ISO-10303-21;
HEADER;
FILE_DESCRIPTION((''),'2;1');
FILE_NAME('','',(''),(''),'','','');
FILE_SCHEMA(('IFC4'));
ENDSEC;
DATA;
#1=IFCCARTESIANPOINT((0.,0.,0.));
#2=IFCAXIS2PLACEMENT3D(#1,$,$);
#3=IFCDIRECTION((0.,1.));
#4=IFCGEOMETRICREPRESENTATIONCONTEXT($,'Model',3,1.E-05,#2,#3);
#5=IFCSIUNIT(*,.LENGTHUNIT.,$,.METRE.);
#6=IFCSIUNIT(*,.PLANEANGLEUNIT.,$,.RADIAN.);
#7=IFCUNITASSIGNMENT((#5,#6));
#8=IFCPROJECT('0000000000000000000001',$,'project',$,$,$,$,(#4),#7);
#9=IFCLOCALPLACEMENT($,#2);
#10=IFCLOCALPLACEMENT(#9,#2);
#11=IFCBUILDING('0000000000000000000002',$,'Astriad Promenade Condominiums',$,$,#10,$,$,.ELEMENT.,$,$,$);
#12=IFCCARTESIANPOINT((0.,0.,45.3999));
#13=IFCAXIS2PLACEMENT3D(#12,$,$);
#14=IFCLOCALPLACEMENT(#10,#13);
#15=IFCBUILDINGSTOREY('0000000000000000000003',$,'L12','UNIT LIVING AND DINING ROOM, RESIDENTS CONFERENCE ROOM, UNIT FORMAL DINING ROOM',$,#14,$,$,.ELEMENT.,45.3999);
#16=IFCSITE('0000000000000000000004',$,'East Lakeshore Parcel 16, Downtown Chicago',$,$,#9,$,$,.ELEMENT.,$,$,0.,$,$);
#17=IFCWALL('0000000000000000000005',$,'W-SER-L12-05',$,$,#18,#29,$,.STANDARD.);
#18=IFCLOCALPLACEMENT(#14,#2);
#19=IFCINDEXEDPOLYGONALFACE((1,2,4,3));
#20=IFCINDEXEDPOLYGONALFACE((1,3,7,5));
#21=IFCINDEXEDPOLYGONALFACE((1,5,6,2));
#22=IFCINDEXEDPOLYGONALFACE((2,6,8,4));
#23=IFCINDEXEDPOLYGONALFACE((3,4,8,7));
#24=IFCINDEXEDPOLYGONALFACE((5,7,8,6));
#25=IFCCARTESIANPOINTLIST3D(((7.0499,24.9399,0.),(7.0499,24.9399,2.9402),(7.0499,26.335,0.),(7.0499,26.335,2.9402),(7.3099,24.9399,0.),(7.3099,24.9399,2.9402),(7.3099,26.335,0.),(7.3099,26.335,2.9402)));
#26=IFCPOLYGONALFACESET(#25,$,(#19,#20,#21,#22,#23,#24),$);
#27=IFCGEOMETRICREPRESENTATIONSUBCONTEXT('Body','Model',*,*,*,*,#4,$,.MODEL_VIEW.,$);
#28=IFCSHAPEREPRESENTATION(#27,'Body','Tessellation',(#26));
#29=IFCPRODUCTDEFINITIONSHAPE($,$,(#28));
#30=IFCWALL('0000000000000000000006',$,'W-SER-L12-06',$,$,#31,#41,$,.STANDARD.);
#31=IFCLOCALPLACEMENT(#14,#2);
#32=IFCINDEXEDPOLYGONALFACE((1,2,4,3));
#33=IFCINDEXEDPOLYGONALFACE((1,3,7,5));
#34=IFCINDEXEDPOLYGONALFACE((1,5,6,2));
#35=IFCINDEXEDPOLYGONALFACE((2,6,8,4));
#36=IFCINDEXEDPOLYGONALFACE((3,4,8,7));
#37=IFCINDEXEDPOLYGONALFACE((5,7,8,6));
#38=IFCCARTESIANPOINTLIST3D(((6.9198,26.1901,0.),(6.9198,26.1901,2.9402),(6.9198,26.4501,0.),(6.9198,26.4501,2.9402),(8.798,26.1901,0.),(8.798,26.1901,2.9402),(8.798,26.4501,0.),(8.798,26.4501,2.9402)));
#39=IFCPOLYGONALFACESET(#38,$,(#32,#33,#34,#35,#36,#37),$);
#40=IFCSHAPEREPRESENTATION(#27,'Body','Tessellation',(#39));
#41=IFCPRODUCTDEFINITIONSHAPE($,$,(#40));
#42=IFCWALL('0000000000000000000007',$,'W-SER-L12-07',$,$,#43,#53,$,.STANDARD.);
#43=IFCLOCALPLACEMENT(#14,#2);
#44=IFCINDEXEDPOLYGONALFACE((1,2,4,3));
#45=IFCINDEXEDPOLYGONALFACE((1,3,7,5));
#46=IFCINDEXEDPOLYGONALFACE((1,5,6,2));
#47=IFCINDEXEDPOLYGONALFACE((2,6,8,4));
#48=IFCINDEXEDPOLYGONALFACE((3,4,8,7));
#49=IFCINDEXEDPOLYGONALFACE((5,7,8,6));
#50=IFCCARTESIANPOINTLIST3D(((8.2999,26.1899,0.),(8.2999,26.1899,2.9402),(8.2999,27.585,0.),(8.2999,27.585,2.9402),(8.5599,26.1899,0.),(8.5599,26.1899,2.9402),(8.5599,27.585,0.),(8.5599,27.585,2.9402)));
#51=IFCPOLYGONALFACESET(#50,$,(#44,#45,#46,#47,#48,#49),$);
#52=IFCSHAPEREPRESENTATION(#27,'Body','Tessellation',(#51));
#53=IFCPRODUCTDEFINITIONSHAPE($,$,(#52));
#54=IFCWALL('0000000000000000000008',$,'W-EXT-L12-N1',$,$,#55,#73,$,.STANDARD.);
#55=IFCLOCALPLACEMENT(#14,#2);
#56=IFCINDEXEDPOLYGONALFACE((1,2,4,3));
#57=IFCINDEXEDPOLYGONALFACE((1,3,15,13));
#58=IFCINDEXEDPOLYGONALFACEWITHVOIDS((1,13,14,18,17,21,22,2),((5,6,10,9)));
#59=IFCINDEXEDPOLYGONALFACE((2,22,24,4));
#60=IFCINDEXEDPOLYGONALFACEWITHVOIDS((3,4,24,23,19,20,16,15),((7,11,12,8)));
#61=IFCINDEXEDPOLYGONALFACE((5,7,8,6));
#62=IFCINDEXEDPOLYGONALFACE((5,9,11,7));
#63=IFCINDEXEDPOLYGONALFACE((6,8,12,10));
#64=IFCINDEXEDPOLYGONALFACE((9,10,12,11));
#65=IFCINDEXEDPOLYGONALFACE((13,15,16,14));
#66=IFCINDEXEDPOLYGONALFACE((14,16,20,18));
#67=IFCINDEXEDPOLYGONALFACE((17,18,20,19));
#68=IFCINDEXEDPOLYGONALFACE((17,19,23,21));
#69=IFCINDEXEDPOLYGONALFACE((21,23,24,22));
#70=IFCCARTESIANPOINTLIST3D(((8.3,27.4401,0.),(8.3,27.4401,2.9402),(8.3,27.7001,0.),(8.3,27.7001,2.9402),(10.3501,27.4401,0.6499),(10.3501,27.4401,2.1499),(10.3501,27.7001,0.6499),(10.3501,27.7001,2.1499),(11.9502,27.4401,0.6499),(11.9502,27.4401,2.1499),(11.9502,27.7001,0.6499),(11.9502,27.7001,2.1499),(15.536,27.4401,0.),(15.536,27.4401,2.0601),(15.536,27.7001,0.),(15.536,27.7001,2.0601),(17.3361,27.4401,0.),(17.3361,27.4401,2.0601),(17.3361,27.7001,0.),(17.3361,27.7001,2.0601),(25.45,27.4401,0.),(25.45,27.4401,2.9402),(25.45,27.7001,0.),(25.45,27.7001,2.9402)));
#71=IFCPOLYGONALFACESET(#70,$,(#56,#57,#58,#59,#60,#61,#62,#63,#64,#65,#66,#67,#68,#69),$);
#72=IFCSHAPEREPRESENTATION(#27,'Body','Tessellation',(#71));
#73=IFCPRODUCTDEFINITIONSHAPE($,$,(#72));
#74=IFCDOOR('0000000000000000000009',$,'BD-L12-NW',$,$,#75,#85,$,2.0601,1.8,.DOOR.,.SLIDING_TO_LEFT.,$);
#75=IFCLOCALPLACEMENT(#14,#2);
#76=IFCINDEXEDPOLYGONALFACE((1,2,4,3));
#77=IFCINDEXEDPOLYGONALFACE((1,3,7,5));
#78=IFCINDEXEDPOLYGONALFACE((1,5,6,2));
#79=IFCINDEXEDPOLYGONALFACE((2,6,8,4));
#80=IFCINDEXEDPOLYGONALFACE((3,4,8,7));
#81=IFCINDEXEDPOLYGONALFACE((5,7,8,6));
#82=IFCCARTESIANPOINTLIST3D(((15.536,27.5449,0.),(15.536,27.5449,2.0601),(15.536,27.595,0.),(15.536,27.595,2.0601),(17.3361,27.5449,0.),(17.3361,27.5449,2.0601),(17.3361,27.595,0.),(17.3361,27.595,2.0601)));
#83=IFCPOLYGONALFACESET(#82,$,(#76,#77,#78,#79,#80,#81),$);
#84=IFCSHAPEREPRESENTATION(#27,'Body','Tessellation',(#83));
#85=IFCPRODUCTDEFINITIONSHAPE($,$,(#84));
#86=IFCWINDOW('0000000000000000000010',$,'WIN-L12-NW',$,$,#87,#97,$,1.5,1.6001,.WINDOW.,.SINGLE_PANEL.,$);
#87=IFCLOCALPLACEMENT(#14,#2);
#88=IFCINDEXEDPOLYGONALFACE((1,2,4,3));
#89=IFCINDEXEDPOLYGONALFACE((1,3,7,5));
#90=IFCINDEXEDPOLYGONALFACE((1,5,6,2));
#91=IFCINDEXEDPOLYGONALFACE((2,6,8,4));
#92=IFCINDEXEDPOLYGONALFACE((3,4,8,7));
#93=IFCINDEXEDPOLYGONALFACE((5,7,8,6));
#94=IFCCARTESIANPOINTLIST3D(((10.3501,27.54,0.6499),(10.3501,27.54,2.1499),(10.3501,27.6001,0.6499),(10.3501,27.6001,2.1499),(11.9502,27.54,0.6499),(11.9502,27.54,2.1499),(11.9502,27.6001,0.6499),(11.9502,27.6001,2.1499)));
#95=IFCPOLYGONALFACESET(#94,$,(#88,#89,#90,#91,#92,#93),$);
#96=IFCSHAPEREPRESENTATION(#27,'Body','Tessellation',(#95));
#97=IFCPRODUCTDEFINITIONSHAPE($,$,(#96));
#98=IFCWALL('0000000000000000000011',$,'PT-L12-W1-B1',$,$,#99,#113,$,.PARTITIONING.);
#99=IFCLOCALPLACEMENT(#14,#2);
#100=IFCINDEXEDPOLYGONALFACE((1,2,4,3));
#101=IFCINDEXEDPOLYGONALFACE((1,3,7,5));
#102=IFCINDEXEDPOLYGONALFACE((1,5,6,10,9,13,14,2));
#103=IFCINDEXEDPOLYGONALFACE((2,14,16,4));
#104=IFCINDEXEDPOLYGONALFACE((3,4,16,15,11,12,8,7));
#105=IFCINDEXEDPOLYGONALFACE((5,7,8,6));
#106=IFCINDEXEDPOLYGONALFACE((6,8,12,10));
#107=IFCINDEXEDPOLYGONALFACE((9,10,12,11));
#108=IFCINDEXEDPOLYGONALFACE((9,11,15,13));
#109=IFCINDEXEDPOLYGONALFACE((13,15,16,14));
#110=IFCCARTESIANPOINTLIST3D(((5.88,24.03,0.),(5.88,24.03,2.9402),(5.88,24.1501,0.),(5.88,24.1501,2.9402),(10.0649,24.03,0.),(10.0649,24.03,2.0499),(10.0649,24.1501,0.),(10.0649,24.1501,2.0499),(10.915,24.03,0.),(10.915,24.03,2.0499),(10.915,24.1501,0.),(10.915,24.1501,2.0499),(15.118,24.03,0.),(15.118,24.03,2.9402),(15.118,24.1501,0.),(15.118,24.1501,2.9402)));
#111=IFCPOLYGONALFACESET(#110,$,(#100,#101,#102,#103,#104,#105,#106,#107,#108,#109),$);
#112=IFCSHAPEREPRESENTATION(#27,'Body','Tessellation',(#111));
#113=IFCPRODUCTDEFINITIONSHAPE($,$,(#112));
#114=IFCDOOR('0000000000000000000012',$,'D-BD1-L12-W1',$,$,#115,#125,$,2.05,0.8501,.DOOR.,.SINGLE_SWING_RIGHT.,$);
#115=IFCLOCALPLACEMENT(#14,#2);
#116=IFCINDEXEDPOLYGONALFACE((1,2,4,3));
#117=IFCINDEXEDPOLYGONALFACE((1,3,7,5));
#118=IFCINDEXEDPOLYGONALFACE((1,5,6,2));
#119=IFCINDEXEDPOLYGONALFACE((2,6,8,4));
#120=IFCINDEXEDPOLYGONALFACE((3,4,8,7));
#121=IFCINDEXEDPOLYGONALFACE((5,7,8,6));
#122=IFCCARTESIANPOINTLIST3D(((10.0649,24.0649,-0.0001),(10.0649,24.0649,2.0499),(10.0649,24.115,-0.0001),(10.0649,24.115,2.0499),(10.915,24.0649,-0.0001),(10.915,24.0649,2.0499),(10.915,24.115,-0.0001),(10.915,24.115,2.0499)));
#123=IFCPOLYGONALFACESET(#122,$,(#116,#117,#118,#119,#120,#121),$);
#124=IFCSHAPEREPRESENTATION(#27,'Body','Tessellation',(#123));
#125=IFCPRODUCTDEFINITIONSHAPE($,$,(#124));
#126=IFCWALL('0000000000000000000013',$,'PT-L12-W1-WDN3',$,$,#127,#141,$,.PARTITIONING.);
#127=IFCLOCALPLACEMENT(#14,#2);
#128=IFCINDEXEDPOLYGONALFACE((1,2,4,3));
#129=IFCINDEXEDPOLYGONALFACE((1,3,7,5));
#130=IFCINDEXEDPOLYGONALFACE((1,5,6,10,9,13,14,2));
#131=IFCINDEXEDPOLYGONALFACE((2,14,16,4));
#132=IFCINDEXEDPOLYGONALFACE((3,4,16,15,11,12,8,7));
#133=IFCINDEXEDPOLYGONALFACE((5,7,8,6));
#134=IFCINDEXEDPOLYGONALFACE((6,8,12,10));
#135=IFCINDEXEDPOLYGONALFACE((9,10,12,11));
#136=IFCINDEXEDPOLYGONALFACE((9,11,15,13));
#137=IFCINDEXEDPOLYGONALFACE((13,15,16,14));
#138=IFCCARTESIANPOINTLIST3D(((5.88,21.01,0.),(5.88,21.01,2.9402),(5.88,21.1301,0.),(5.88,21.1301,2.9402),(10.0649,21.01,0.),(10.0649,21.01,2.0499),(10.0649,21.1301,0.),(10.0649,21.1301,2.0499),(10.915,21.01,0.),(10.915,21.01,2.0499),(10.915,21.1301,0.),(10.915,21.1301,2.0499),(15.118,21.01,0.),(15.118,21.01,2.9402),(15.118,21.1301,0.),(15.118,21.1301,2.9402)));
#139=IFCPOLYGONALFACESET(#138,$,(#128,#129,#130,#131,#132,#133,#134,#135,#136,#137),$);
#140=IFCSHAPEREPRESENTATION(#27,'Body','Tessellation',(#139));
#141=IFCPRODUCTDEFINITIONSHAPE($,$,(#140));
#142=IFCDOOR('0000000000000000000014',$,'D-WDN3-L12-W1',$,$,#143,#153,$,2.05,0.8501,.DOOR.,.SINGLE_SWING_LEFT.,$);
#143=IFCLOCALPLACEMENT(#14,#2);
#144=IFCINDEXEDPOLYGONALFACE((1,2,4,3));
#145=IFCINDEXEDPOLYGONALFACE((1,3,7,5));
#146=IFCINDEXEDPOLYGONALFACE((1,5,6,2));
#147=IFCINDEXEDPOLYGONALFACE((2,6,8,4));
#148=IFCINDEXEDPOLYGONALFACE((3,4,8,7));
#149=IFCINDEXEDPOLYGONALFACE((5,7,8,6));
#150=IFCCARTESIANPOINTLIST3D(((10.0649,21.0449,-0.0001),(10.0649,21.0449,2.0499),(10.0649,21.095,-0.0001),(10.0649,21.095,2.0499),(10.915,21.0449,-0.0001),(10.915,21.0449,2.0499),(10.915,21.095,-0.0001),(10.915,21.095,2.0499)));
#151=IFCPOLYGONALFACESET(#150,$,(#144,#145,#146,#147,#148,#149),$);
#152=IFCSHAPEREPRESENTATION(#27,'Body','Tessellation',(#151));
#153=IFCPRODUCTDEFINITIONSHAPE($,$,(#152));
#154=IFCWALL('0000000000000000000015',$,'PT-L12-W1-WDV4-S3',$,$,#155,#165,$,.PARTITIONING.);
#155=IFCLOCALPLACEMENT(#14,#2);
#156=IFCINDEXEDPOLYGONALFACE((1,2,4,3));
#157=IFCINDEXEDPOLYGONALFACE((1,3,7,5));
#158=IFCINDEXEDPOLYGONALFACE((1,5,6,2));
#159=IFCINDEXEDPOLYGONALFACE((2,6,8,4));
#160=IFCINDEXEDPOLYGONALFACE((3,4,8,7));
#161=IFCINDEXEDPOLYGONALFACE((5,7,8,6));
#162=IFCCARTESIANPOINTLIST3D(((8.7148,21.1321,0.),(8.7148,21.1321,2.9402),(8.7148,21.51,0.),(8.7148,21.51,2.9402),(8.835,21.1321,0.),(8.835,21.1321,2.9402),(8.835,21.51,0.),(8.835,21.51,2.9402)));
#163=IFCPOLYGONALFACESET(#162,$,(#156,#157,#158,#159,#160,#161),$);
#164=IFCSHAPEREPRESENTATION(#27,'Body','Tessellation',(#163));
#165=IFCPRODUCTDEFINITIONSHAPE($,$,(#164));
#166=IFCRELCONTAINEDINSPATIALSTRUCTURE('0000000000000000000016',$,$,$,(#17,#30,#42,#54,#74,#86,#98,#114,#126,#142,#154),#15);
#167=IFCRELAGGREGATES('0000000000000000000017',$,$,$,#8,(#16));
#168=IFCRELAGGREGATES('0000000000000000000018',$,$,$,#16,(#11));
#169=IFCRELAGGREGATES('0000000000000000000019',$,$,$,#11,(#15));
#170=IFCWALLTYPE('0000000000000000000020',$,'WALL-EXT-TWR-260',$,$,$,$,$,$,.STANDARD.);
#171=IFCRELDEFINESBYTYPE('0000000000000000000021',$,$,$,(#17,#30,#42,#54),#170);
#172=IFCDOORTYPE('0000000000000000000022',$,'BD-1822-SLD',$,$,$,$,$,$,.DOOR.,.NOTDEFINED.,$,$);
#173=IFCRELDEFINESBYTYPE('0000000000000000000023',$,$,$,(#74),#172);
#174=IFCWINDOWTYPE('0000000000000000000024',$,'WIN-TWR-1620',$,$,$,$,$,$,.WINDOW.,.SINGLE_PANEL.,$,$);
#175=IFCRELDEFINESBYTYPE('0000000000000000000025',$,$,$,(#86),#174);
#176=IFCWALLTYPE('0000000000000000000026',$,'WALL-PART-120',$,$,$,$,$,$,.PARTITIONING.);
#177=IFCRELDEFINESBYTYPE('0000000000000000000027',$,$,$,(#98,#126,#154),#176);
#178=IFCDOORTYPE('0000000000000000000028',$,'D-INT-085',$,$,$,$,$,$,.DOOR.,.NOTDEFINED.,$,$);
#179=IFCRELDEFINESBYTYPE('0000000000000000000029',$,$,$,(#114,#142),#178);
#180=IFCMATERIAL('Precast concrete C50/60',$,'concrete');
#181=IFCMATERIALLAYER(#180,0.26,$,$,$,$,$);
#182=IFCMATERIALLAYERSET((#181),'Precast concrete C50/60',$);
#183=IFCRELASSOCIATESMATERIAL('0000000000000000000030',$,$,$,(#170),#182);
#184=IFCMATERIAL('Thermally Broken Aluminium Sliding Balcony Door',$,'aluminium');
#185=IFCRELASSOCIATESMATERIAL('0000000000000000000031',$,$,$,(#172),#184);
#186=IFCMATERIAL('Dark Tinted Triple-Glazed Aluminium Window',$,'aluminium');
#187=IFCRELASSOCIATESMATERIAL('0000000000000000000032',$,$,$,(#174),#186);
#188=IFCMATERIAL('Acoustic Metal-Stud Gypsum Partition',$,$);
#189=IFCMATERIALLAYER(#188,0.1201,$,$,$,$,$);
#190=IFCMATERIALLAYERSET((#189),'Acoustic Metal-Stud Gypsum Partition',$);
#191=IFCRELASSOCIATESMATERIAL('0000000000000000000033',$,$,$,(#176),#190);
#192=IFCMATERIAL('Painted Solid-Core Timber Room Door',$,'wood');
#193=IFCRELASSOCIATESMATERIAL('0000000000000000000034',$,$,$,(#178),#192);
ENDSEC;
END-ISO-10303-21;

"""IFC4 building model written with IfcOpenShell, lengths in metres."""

from ifc_helpers import new_model, si_unit, direction, frame, frame_2d, origin, place, context, subcontext, project, spatial, rectangle, extrude, source, transform, mapped, material, layer, layer_set, type_object, type_shapes, element, fill, save


model = new_model("IFC4")

# Units and contexts
model_context = context("Model", 3, precision=1e-05, world=origin(), true_north=direction((0.0, 1.0)))
body_context = subcontext(model_context, "Body", "Model", "MODEL_VIEW")
ifc_project = project(units=[si_unit("LENGTHUNIT", "METRE"), si_unit("PLANEANGLEUNIT", "RADIAN")], contexts=[model_context])

# Site, building, storey
site_placement = place(None, origin())
site = spatial("IfcSite", under=ifc_project, at=site_placement, Name="East Lakeshore Parcel 16, Downtown Chicago", CompositionType="ELEMENT", RefElevation=0.0)
building_placement = place(site_placement, origin())
building = spatial("IfcBuilding", under=site, at=building_placement, Name="Astriad Promenade Condominiums", CompositionType="ELEMENT")
storey_placement = place(building_placement, frame((0.0, 0.0, 45.3999)))
storey = spatial("IfcBuildingStorey", under=building, at=storey_placement, Name="L12", Description="UNIT LIVING AND DINING ROOM, RESIDENTS CONFERENCE ROOM, UNIT FORMAL DINING ROOM", CompositionType="ELEMENT", Elevation=45.3999)

# Walls
ifc_material_1 = material(Name="Precast concrete C50/60", Category="concrete")
ifc_layer_1 = layer(ifc_material_1, 0.26)
ifc_layer_set_1 = layer_set([ifc_layer_1], Name="Precast concrete C50/60")
wall_type_1 = type_object("IfcWallType", Name="WALL-EXT-TWR-260", PredefinedType="STANDARD", material=ifc_layer_set_1)
for number, where, z_axis, x_axis, name in (
    (1, (7.1799, 24.9399, 0.0), (0.0, 0.0, 1.0), (0.0, 1.0, 0.0), "W-SER-L12-05"),
):
    element("IfcWall", number, at=place(storey_placement, frame(where, z_axis=z_axis, x_axis=x_axis)), inside=storey, type_object=wall_type_1, Name=name, PredefinedType="STANDARD", context=body_context, shape_type="SweptSolid", body=[
        extrude(rectangle(XDim=1.395, YDim=0.26, at=frame_2d((0.6975, 0.0))), origin(), (0.0, 0.0, 1.0), 2.9402),
    ])
wall_1_placement = place(storey_placement, frame((6.9199, 26.3201, 0.0), z_axis=(0.0, 0.0, 1.0), x_axis=(1.0, 0.0, 0.0)))
element("IfcWall", 2, at=wall_1_placement, inside=storey, type_object=wall_type_1, Name="W-SER-L12-06", PredefinedType="STANDARD", context=body_context, shape_type="SweptSolid", body=[
    extrude(rectangle(XDim=1.8782, YDim=0.26, at=frame_2d((0.939, 0.0))), origin(), (0.0, 0.0, 1.0), 2.9402),
])
wall_2_placement = place(storey_placement, frame((8.4299, 26.1899, 0.0), z_axis=(0.0, 0.0, 1.0), x_axis=(0.0, 1.0, 0.0)))
element("IfcWall", 3, at=wall_2_placement, inside=storey, type_object=wall_type_1, Name="W-SER-L12-07", PredefinedType="STANDARD", context=body_context, shape_type="SweptSolid", body=[
    extrude(rectangle(XDim=1.395, YDim=0.26, at=frame_2d((0.6975, 0.0))), origin(), (0.0, 0.0, 1.0), 2.9402),
])

# Wall, openings, door, window
wall_3_placement = place(storey_placement, frame((8.3, 27.5701, 0.0), z_axis=(0.0, 0.0, 1.0), x_axis=(1.0, 0.0, 0.0)))
wall_3 = element("IfcWall", 4, at=wall_3_placement, inside=storey, type_object=wall_type_1, Name="W-EXT-L12-N1", PredefinedType="STANDARD", context=body_context, shape_type="SweptSolid", body=[
    extrude(rectangle(XDim=17.1499, YDim=0.26, at=frame_2d((8.575, 0.0))), origin(), (0.0, 0.0, 1.0), 2.9402),
])
opening_1_placement = place(wall_3_placement, frame((7.2361, 0.0, 0.0)))
opening_1 = element("IfcOpeningElement", 5, at=opening_1_placement, cuts=wall_3, PredefinedType="OPENING", context=body_context, shape_type="SweptSolid", body=[
    extrude(rectangle(XDim=1.8, YDim=2.0601, at=frame_2d((0.8999, 1.03))), frame((0.0, 0.1399, 0.0), z_axis=(0.0, -1.0, 0.0), x_axis=(1.0, 0.0, 0.0)), (0.0, 0.0, 1.0), 0.28),
])
opening_2_placement = place(wall_3_placement, frame((2.05, 0.0, 0.6499)))
opening_2 = element("IfcOpeningElement", 6, at=opening_2_placement, cuts=wall_3, PredefinedType="OPENING", context=body_context, shape_type="SweptSolid", body=[
    extrude(rectangle(XDim=1.6001, YDim=1.5, at=frame_2d((0.8, 0.75))), frame((0.0, 0.1399, 0.0), z_axis=(0.0, -1.0, 0.0), x_axis=(1.0, 0.0, 0.0)), (0.0, 0.0, 1.0), 0.28),
])
ifc_material_2 = material(Name="Thermally Broken Aluminium Sliding Balcony Door", Category="aluminium")
door_type_1 = type_object("IfcDoorType", Name="BD-1822-SLD", OperationType="NOTDEFINED", PredefinedType="DOOR", material=ifc_material_2)
shared_shape_1 = source(origin(), body_context, "Body", "SweptSolid", [
    extrude(rectangle(XDim=1.8, YDim=2.0601, at=frame_2d((0.8999, 1.03))), frame((0.0, 0.0249, 0.0), z_axis=(0.0, -1.0, 0.0), x_axis=(1.0, 0.0, 0.0)), (0.0, 0.0, 1.0), 0.05),
])
type_shapes(door_type_1, [shared_shape_1])
door_1_placement = place(opening_1_placement, origin())
door_1 = element("IfcDoor", 7, at=door_1_placement, inside=storey, type_object=door_type_1, Name="BD-L12-NW", OperationType="SLIDING_TO_LEFT", OverallHeight=2.0601, OverallWidth=1.8, PredefinedType="DOOR", context=body_context, shape_type="MappedRepresentation", body=[
    mapped(shared_shape_1, transform((0.0, 0.0, 0.0), scale=1.0)),
])
fill(opening_1, door_1)
ifc_material_3 = material(Name="Dark Tinted Triple-Glazed Aluminium Window", Category="aluminium")
window_type = type_object("IfcWindowType", Name="WIN-TWR-1620", PartitioningType="SINGLE_PANEL", PredefinedType="WINDOW", material=ifc_material_3)
shared_shape_2 = source(origin(), body_context, "Body", "SweptSolid", [
    extrude(rectangle(XDim=1.6001, YDim=1.5, at=frame_2d((0.8, 0.75))), frame((0.0, 0.03, 0.0), z_axis=(0.0, -1.0, 0.0), x_axis=(1.0, 0.0, 0.0)), (0.0, 0.0, 1.0), 0.0601),
])
type_shapes(window_type, [shared_shape_2])
window_placement = place(opening_2_placement, origin())
window = element("IfcWindow", 8, at=window_placement, inside=storey, type_object=window_type, Name="WIN-L12-NW", OverallHeight=1.5, OverallWidth=1.6001, PartitioningType="SINGLE_PANEL", PredefinedType="WINDOW", context=body_context, shape_type="MappedRepresentation", body=[
    mapped(shared_shape_2, transform((0.0, 0.0, 0.0), scale=1.0)),
])
fill(opening_2, window)

# Walls, openings, doors
ifc_material_4 = material(Name="Acoustic Metal-Stud Gypsum Partition")
ifc_layer_2 = layer(ifc_material_4, 0.1201)
ifc_layer_set_2 = layer_set([ifc_layer_2], Name="Acoustic Metal-Stud Gypsum Partition")
wall_type_2 = type_object("IfcWallType", Name="WALL-PART-120", PredefinedType="PARTITIONING", material=ifc_layer_set_2)
wall_4_placement = place(storey_placement, frame((5.8799, 24.0901, 0.0), z_axis=(0.0, 0.0, 1.0), x_axis=(1.0, 0.0, 0.0)))
wall_4 = element("IfcWall", 9, at=wall_4_placement, inside=storey, type_object=wall_type_2, Name="PT-L12-W1-B1", PredefinedType="PARTITIONING", context=body_context, shape_type="SweptSolid", body=[
    extrude(rectangle(XDim=9.238, YDim=0.1201, at=frame_2d((4.6191, 0.0))), origin(), (0.0, 0.0, 1.0), 2.9402),
])
opening_3_placement = place(wall_4_placement, frame((4.1851, 0.0, 0.0)))
opening_3 = element("IfcOpeningElement", 10, at=opening_3_placement, cuts=wall_4, PredefinedType="OPENING", context=body_context, shape_type="SweptSolid", body=[
    extrude(rectangle(XDim=0.8501, YDim=2.05, at=frame_2d((0.425, 1.0249))), frame((0.0, 0.0701, 0.0), z_axis=(0.0, -1.0, 0.0), x_axis=(1.0, 0.0, 0.0)), (0.0, 0.0, 1.0), 0.1401),
])
ifc_material_5 = material(Name="Painted Solid-Core Timber Room Door", Category="wood")
door_type_2 = type_object("IfcDoorType", Name="D-INT-085", OperationType="NOTDEFINED", PredefinedType="DOOR", material=ifc_material_5)
shared_shape_3 = source(origin(), body_context, "Body", "SweptSolid", [
    extrude(rectangle(XDim=0.8501, YDim=2.05, at=frame_2d((0.425, 1.0249))), frame((0.0, 0.0249, 0.0), z_axis=(0.0, -1.0, 0.0), x_axis=(1.0, 0.0, 0.0)), (0.0, 0.0, 1.0), 0.05),
])
type_shapes(door_type_2, [shared_shape_3])
door_2_placement = place(opening_3_placement, origin())
door_2 = element("IfcDoor", 11, at=door_2_placement, inside=storey, type_object=door_type_2, Name="D-BD1-L12-W1", OperationType="SINGLE_SWING_RIGHT", OverallHeight=2.05, OverallWidth=0.8501, PredefinedType="DOOR", context=body_context, shape_type="MappedRepresentation", body=[
    mapped(shared_shape_3, transform((0.0, 0.0, 0.0), scale=1.0)),
])
fill(opening_3, door_2)
wall_5_placement = place(storey_placement, frame((5.8799, 21.0701, 0.0), z_axis=(0.0, 0.0, 1.0), x_axis=(1.0, 0.0, 0.0)))
wall_5 = element("IfcWall", 12, at=wall_5_placement, inside=storey, type_object=wall_type_2, Name="PT-L12-W1-WDN3", PredefinedType="PARTITIONING", context=body_context, shape_type="SweptSolid", body=[
    extrude(rectangle(XDim=9.238, YDim=0.1201, at=frame_2d((4.6191, 0.0))), origin(), (0.0, 0.0, 1.0), 2.9402),
])
opening_4_placement = place(wall_5_placement, frame((4.1851, 0.0, 0.0)))
opening_4 = element("IfcOpeningElement", 13, at=opening_4_placement, cuts=wall_5, PredefinedType="OPENING", context=body_context, shape_type="SweptSolid", body=[
    extrude(rectangle(XDim=0.8501, YDim=2.05, at=frame_2d((0.425, 1.0249))), frame((0.0, 0.0701, 0.0), z_axis=(0.0, -1.0, 0.0), x_axis=(1.0, 0.0, 0.0)), (0.0, 0.0, 1.0), 0.1401),
])
door_3_placement = place(opening_4_placement, origin())
door_3 = element("IfcDoor", 14, at=door_3_placement, inside=storey, type_object=door_type_2, Name="D-WDN3-L12-W1", OperationType="SINGLE_SWING_LEFT", OverallHeight=2.05, OverallWidth=0.8501, PredefinedType="DOOR", context=body_context, shape_type="MappedRepresentation", body=[
    mapped(shared_shape_3, transform((0.0, 0.0, 0.0), scale=1.0)),
])
fill(opening_4, door_3)

# Wall
wall_6_placement = place(storey_placement, frame((8.7749, 21.1321, 0.0), z_axis=(0.0, 0.0, 1.0), x_axis=(0.0, 1.0, 0.0)))
element("IfcWall", 15, at=wall_6_placement, inside=storey, type_object=wall_type_2, Name="PT-L12-W1-WDV4-S3", PredefinedType="PARTITIONING", context=body_context, shape_type="SweptSolid", body=[
    extrude(rectangle(XDim=0.3779, YDim=0.1201, at=frame_2d((0.189, 0.0))), origin(), (0.0, 0.0, 1.0), 2.9402),
])

save(model, "model.ifc")
